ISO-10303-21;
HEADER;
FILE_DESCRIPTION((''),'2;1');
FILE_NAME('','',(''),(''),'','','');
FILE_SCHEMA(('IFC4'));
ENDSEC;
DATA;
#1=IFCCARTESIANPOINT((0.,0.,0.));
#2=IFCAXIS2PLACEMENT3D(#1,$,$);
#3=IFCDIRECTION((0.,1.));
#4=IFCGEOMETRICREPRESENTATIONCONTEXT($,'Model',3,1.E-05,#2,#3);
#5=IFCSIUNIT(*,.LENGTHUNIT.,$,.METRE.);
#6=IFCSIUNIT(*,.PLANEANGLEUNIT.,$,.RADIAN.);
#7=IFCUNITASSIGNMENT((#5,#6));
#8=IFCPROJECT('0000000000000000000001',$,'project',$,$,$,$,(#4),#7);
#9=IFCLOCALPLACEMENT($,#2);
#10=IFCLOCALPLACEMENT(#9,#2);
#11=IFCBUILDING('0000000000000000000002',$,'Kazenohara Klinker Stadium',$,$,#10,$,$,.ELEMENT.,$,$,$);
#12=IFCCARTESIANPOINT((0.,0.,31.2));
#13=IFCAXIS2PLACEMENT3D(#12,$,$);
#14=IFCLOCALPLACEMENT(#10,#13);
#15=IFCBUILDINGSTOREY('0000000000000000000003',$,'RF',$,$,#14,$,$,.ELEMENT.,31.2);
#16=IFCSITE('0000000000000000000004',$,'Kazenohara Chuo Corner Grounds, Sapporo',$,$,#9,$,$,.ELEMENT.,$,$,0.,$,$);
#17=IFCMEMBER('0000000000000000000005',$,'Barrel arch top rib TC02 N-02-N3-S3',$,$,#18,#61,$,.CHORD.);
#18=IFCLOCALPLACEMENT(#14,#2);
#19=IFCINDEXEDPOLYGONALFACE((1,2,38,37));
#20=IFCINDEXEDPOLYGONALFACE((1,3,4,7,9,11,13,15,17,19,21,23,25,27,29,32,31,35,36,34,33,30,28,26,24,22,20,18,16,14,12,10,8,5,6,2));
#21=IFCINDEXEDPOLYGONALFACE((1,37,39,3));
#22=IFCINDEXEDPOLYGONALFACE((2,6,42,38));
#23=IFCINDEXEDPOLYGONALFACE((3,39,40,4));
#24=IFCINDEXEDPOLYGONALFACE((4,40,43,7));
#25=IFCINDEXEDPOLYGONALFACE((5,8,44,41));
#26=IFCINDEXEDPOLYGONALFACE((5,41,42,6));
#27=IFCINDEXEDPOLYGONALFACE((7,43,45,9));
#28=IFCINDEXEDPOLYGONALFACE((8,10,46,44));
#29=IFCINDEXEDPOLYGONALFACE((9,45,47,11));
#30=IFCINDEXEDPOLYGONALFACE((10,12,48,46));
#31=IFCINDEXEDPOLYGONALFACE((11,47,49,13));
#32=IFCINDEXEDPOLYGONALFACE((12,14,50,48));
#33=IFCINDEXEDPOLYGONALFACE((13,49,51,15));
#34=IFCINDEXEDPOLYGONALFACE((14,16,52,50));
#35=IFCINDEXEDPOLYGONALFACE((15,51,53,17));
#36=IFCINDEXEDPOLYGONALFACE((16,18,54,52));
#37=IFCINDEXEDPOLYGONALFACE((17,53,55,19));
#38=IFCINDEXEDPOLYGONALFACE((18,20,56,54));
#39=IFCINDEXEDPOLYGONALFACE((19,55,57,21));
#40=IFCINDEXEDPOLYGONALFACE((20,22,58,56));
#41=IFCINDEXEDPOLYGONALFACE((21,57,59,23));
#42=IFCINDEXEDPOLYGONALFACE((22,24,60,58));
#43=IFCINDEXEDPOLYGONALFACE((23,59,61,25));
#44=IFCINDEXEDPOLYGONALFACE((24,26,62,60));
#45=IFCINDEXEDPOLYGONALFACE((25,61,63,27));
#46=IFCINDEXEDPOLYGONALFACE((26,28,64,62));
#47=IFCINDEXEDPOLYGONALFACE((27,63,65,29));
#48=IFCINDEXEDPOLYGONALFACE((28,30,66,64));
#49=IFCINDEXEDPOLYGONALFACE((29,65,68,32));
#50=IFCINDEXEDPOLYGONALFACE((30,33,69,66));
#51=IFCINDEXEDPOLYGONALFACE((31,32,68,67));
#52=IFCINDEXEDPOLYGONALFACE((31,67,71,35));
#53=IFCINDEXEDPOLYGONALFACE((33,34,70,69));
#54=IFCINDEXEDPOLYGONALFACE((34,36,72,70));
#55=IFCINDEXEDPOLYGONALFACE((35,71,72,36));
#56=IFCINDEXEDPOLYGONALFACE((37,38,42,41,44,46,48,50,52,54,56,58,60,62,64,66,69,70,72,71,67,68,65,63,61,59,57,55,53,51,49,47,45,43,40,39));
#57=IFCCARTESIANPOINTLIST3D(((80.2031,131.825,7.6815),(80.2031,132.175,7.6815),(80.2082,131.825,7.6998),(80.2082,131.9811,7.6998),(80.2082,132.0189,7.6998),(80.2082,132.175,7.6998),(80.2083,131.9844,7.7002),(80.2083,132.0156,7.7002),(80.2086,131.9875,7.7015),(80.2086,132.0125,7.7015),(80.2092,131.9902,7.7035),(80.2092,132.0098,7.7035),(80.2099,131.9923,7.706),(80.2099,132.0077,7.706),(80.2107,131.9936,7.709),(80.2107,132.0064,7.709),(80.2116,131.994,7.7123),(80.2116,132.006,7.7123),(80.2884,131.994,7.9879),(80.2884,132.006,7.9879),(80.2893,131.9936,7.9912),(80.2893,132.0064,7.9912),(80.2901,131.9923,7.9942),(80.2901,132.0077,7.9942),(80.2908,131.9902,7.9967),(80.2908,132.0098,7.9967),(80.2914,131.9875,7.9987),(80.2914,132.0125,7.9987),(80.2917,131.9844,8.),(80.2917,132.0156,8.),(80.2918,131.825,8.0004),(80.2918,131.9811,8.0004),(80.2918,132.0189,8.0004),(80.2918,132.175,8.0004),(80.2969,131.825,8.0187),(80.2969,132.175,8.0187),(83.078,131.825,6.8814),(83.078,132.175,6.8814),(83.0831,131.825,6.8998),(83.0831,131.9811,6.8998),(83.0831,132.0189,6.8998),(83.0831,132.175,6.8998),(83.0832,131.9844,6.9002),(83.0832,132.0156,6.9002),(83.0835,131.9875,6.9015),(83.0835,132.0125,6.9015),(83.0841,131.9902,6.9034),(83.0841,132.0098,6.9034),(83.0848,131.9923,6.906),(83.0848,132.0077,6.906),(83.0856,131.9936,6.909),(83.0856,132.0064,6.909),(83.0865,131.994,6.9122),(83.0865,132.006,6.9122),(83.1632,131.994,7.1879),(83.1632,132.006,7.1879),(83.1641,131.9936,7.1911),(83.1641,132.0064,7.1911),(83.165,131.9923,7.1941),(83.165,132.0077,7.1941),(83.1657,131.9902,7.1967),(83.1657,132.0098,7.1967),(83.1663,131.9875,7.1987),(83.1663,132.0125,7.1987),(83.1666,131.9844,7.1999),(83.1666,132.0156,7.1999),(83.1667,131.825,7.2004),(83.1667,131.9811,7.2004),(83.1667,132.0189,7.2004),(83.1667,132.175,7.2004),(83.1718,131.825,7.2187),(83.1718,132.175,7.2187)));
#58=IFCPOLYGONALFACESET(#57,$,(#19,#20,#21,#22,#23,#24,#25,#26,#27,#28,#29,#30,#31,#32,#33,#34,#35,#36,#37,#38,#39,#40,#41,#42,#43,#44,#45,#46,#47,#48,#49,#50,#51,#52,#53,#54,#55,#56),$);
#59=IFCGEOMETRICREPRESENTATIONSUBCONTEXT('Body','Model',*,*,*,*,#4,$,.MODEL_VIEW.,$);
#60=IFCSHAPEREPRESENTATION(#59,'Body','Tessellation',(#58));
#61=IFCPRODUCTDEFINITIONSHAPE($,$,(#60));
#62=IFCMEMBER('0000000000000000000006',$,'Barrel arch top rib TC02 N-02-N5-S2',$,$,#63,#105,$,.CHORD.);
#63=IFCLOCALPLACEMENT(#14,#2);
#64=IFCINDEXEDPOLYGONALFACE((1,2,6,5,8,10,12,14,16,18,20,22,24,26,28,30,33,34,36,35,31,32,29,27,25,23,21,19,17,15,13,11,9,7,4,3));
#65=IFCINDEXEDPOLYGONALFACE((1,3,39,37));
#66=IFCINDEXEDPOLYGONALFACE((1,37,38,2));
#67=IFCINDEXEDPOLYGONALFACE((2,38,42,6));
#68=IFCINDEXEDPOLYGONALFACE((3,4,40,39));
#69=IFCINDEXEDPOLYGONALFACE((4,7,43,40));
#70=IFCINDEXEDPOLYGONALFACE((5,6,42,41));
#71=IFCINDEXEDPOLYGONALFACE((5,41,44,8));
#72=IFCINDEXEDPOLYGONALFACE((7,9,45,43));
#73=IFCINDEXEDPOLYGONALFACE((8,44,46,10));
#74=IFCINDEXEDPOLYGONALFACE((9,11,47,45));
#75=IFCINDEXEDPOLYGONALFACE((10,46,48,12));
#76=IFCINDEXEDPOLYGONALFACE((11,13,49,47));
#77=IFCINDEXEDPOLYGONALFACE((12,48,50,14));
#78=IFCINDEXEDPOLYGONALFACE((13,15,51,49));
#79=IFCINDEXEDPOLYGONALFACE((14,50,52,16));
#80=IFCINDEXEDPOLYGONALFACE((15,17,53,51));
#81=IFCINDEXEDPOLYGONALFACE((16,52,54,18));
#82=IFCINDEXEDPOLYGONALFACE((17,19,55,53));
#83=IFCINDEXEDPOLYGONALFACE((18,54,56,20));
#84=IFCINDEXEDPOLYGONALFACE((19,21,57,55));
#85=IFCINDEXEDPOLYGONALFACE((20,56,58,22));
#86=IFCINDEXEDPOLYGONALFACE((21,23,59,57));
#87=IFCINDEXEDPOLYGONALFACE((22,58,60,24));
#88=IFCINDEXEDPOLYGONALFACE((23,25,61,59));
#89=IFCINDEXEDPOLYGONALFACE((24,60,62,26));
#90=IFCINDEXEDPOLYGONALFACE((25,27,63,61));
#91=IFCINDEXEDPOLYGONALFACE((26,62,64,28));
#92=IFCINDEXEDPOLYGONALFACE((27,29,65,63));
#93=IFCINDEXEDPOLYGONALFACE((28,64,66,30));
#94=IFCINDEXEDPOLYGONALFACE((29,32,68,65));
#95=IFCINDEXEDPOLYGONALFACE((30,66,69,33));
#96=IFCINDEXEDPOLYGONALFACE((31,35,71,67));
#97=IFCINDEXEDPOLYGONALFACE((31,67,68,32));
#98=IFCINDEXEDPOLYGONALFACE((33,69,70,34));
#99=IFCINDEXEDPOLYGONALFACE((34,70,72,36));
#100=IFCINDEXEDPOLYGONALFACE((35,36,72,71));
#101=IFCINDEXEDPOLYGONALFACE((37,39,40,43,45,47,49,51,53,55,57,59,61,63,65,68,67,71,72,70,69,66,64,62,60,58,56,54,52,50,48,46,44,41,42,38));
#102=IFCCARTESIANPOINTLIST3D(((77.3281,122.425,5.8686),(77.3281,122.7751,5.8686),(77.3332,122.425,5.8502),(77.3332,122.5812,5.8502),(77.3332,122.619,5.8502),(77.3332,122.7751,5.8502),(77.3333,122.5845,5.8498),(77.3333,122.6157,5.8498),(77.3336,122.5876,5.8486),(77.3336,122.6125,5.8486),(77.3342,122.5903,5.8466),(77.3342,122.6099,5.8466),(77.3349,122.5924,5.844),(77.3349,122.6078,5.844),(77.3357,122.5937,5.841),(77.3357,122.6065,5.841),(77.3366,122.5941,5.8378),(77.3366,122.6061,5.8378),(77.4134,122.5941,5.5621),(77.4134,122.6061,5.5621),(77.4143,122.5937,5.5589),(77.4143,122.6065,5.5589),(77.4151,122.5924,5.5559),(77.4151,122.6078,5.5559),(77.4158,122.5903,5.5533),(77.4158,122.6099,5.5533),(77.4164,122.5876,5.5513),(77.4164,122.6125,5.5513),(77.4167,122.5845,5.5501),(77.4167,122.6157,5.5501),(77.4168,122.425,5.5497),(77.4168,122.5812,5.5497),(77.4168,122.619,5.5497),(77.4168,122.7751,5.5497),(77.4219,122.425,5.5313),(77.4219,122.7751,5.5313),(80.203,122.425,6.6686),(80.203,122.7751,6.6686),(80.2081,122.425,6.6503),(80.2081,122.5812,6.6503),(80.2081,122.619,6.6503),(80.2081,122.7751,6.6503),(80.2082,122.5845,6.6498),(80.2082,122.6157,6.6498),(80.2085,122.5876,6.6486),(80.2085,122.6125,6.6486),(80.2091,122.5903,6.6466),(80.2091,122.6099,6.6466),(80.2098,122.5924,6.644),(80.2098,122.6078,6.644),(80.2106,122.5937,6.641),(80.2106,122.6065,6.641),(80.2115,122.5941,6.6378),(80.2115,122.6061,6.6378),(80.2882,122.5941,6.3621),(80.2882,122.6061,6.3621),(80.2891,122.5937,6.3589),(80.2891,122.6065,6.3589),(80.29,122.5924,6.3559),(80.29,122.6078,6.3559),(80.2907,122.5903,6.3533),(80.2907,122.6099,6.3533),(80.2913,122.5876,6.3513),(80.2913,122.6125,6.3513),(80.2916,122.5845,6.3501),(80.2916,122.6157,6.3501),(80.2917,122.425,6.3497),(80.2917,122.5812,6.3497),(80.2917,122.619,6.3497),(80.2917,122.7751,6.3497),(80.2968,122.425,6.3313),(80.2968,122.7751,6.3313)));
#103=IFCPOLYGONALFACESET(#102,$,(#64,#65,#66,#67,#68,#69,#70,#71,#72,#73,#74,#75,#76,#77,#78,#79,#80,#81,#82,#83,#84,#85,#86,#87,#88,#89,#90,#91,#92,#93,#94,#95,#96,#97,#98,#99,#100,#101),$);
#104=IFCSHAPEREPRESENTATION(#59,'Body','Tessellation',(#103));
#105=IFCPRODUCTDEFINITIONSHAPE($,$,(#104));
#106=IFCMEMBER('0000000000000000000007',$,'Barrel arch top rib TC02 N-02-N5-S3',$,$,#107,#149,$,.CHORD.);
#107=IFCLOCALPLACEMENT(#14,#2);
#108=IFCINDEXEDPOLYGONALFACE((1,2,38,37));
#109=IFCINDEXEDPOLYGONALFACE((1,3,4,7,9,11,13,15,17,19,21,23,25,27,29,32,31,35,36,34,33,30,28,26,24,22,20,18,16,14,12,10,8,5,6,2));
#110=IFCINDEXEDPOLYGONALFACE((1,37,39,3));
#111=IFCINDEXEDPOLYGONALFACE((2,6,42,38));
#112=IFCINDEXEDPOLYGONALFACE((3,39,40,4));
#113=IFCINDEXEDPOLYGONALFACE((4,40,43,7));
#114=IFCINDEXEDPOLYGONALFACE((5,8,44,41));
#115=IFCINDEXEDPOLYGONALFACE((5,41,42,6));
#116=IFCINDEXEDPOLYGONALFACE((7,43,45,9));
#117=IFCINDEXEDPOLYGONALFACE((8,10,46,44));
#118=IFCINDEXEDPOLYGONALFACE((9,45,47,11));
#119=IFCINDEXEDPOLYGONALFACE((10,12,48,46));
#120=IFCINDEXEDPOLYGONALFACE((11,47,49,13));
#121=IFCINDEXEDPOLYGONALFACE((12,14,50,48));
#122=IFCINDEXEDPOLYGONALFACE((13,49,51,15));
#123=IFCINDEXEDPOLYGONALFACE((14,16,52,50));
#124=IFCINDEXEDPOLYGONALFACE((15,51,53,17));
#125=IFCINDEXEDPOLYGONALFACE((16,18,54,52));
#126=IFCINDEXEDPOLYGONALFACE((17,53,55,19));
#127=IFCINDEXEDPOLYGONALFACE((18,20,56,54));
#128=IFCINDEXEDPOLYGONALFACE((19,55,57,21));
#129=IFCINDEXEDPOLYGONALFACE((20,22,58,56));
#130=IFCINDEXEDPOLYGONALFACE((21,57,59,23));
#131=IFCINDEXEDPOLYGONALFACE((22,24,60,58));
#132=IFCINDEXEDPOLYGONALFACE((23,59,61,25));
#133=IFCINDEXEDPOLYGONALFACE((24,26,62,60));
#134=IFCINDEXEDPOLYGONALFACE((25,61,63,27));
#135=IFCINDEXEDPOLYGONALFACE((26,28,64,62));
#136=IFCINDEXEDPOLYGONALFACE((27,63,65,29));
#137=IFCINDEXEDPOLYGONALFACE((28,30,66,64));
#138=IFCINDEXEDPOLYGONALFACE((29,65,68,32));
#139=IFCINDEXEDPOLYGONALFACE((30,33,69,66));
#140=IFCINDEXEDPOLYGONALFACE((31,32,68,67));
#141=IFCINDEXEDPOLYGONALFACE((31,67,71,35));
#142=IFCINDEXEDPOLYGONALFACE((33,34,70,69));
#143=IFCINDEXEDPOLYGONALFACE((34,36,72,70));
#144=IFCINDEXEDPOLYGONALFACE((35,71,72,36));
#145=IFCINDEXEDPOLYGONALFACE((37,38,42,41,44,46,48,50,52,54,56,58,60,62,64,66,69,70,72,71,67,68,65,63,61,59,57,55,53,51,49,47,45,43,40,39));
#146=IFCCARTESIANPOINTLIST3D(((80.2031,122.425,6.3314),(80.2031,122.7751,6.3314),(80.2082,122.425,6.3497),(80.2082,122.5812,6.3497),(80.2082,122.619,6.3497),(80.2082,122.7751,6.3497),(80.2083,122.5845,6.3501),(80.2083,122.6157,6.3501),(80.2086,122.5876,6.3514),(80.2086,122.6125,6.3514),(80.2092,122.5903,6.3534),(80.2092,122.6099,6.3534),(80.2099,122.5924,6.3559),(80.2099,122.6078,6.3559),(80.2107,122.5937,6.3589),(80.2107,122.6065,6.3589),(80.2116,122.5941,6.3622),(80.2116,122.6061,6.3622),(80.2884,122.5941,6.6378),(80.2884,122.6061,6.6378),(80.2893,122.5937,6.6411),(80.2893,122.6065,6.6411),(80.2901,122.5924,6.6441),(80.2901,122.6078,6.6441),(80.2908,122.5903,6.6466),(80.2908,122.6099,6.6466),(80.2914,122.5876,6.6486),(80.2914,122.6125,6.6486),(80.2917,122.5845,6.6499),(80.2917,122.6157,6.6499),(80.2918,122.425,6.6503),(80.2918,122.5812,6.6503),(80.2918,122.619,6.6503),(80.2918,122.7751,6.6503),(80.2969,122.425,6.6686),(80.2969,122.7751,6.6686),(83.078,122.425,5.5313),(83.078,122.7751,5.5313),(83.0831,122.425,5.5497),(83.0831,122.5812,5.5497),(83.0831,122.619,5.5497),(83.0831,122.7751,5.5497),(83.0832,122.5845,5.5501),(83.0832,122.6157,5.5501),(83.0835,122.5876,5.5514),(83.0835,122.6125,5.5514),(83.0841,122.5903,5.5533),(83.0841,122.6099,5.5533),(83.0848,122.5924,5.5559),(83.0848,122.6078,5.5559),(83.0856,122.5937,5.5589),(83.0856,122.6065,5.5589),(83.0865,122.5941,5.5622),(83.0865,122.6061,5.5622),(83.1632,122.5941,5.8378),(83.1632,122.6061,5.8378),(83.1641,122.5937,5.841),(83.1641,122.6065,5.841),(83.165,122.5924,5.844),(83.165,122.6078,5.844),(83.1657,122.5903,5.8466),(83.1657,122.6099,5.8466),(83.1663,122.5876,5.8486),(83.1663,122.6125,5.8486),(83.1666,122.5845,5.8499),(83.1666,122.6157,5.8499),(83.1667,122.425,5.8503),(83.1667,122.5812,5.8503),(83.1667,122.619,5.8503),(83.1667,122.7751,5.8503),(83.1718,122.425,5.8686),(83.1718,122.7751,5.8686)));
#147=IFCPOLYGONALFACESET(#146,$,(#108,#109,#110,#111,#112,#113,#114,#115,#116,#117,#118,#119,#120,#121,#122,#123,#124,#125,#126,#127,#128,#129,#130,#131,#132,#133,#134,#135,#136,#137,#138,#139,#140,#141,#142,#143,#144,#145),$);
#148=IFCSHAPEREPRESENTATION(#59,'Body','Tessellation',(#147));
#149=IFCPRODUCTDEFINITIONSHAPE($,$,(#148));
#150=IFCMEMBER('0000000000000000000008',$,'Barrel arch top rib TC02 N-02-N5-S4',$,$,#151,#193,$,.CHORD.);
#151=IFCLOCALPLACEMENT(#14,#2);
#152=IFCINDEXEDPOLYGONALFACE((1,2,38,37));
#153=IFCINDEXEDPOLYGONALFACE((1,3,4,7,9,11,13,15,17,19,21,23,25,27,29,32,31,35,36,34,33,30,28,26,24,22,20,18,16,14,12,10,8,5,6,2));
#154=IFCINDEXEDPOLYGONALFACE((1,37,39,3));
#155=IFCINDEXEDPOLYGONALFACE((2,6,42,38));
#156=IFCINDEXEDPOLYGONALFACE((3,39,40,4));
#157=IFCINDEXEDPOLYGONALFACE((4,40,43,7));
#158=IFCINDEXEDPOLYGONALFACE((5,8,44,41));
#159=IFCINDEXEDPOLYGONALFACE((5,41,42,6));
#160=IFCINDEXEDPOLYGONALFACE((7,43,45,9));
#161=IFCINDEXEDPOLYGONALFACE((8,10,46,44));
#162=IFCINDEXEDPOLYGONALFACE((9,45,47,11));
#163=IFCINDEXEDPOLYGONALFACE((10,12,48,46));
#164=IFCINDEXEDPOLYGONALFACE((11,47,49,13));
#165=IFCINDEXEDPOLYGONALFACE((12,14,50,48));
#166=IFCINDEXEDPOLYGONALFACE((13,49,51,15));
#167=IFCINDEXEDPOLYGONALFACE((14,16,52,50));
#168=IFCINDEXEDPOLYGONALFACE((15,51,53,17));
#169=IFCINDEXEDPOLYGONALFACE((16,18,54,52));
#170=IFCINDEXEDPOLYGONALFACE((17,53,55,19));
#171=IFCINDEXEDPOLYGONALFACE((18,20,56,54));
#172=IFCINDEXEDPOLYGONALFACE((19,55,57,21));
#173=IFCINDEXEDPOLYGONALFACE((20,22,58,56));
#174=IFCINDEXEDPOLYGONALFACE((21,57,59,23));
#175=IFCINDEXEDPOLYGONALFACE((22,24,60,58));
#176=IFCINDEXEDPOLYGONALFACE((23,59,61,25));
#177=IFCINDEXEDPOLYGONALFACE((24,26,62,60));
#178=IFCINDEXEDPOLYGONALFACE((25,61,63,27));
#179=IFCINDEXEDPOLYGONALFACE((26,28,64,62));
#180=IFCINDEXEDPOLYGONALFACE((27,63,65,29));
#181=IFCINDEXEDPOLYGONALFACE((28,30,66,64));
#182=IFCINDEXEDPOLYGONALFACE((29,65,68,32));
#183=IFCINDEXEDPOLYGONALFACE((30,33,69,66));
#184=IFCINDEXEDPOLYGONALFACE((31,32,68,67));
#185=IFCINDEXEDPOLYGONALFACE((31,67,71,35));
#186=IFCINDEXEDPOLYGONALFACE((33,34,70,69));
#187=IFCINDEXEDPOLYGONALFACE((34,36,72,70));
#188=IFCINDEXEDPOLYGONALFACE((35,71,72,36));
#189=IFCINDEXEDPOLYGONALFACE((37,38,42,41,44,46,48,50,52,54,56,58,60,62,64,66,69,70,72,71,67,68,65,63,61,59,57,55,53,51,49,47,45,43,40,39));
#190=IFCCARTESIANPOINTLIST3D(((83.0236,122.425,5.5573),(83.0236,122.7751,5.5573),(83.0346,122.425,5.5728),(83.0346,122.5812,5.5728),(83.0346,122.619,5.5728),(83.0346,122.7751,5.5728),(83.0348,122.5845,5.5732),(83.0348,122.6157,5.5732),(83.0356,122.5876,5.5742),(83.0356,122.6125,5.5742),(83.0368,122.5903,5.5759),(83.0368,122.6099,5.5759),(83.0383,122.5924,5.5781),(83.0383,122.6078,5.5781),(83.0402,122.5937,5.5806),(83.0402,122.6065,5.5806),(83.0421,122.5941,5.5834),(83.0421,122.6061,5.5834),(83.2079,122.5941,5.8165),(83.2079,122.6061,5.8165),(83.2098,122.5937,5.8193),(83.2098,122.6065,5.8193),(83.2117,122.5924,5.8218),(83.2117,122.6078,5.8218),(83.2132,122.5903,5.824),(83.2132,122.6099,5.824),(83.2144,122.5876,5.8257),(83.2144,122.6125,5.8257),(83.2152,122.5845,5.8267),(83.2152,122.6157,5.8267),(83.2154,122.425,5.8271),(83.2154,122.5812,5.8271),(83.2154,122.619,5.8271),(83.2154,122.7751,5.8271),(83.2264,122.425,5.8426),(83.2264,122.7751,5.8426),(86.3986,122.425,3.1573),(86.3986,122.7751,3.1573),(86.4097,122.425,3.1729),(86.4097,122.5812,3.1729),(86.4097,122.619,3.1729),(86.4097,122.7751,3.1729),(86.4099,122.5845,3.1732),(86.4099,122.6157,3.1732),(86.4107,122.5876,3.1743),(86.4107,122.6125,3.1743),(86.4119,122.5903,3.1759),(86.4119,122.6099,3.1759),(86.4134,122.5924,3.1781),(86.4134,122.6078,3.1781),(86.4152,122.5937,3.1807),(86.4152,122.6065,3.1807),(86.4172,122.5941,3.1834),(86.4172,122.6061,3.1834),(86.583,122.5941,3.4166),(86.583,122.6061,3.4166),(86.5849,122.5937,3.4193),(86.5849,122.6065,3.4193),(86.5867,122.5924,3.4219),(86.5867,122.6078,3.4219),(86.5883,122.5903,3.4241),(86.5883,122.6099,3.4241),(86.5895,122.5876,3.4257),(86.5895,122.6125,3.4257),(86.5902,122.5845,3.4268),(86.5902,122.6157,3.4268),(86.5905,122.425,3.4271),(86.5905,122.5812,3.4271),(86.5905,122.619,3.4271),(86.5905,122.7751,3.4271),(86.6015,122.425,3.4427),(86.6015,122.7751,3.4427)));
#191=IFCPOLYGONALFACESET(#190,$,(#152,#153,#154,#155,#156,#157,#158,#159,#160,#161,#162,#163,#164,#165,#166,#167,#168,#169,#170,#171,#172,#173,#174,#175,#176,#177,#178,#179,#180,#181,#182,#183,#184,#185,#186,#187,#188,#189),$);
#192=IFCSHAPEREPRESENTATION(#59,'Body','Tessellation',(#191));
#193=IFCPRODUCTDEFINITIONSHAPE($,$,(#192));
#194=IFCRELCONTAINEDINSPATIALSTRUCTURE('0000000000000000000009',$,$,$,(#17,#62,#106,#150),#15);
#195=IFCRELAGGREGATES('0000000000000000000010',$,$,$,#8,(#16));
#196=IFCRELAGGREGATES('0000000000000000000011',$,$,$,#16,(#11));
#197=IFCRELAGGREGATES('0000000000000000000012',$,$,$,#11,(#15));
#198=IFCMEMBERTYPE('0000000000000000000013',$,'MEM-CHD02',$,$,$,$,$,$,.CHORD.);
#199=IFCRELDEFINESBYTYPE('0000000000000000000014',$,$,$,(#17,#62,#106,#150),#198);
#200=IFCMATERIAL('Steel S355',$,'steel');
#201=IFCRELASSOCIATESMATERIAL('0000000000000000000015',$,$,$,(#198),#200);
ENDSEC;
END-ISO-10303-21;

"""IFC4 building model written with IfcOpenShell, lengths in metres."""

from ifc_helpers import new_model, si_unit, direction, frame, origin, origin_2d, place, context, subcontext, project, spatial, i_section, extrude, material, material_profile, profile_set, type_object, element, save


model = new_model("IFC4")

# Units and contexts
model_context = context("Model", 3, precision=1e-05, world=origin(), true_north=direction((0.0, 1.0)))
body_context = subcontext(model_context, "Body", "Model", "MODEL_VIEW")
ifc_project = project(units=[si_unit("LENGTHUNIT", "METRE"), si_unit("PLANEANGLEUNIT", "RADIAN")], contexts=[model_context])

# Site, building, storey
site_placement = place(None, origin())
site = spatial("IfcSite", under=ifc_project, at=site_placement, Name="Kazenohara Chuo Corner Grounds, Sapporo", CompositionType="ELEMENT", RefElevation=0.0)
building_placement = place(site_placement, origin())
building = spatial("IfcBuilding", under=site, at=building_placement, Name="Kazenohara Klinker Stadium", CompositionType="ELEMENT")
storey_placement = place(building_placement, frame((0.0, 0.0, 31.2)))
storey = spatial("IfcBuildingStorey", under=building, at=storey_placement, Name="RF", CompositionType="ELEMENT", Elevation=31.2)

# Members
ifc_material_1 = material(Name="Steel S355", Category="steel")
ifc_material_profile_1 = material_profile(ifc_material_1, i_section(OverallWidth=0.3501, OverallDepth=0.3501, WebThickness=0.012, FlangeThickness=0.019, FilletRadius=0.0129, at=origin_2d()), Name="H-350x350x12x19")
ifc_profile_set_1 = profile_set([ifc_material_profile_1], Name="Steel S355")
member_type_1 = type_object("IfcMemberType", Name="MEM-CHD02", PredefinedType="CHORD", material=ifc_profile_set_1)
for number, where, z_axis, x_axis, name in (
    (1, (80.25, 132.0, 7.8501), (0.963394, 0.0, -0.268091), (0.0, 1.0, 0.0), "Barrel arch top rib TC02 N-02-N3-S3"),
    (2, (77.375, 122.6001, 5.7), (0.963394, 0.0, 0.268091), (0.0, 1.0, 0.0), "Barrel arch top rib TC02 N-02-N5-S2"),
    (3, (80.25, 122.6001, 6.5), (0.963394, 0.0, -0.268091), (0.0, 1.0, 0.0), "Barrel arch top rib TC02 N-02-N5-S3"),
):
    element("IfcMember", number, at=place(storey_placement, frame(where, z_axis=z_axis, x_axis=x_axis)), inside=storey, type_object=member_type_1, Name=name, PredefinedType="CHORD", context=body_context, shape_type="SweptSolid", body=[
        extrude(i_section(OverallWidth=0.3501, OverallDepth=0.3501, WebThickness=0.012, FlangeThickness=0.019, FilletRadius=0.0129, at=origin_2d()), origin(), (0.0, 0.0, 1.0), 2.9841),
    ])
member_1_placement = place(storey_placement, frame((83.125, 122.6001, 5.7), z_axis=(0.814966, 0.0, -0.579508), x_axis=(0.0, 1.0, 0.0)))
element("IfcMember", 4, at=member_1_placement, inside=storey, type_object=member_type_1, Name="Barrel arch top rib TC02 N-02-N5-S4", PredefinedType="CHORD", context=body_context, shape_type="SweptSolid", body=[
    extrude(i_section(OverallWidth=0.3501, OverallDepth=0.3501, WebThickness=0.012, FlangeThickness=0.019, FilletRadius=0.0129, at=origin_2d()), origin(), (0.0, 0.0, 1.0), 4.1414),
])

save(model, "model.ifc")
